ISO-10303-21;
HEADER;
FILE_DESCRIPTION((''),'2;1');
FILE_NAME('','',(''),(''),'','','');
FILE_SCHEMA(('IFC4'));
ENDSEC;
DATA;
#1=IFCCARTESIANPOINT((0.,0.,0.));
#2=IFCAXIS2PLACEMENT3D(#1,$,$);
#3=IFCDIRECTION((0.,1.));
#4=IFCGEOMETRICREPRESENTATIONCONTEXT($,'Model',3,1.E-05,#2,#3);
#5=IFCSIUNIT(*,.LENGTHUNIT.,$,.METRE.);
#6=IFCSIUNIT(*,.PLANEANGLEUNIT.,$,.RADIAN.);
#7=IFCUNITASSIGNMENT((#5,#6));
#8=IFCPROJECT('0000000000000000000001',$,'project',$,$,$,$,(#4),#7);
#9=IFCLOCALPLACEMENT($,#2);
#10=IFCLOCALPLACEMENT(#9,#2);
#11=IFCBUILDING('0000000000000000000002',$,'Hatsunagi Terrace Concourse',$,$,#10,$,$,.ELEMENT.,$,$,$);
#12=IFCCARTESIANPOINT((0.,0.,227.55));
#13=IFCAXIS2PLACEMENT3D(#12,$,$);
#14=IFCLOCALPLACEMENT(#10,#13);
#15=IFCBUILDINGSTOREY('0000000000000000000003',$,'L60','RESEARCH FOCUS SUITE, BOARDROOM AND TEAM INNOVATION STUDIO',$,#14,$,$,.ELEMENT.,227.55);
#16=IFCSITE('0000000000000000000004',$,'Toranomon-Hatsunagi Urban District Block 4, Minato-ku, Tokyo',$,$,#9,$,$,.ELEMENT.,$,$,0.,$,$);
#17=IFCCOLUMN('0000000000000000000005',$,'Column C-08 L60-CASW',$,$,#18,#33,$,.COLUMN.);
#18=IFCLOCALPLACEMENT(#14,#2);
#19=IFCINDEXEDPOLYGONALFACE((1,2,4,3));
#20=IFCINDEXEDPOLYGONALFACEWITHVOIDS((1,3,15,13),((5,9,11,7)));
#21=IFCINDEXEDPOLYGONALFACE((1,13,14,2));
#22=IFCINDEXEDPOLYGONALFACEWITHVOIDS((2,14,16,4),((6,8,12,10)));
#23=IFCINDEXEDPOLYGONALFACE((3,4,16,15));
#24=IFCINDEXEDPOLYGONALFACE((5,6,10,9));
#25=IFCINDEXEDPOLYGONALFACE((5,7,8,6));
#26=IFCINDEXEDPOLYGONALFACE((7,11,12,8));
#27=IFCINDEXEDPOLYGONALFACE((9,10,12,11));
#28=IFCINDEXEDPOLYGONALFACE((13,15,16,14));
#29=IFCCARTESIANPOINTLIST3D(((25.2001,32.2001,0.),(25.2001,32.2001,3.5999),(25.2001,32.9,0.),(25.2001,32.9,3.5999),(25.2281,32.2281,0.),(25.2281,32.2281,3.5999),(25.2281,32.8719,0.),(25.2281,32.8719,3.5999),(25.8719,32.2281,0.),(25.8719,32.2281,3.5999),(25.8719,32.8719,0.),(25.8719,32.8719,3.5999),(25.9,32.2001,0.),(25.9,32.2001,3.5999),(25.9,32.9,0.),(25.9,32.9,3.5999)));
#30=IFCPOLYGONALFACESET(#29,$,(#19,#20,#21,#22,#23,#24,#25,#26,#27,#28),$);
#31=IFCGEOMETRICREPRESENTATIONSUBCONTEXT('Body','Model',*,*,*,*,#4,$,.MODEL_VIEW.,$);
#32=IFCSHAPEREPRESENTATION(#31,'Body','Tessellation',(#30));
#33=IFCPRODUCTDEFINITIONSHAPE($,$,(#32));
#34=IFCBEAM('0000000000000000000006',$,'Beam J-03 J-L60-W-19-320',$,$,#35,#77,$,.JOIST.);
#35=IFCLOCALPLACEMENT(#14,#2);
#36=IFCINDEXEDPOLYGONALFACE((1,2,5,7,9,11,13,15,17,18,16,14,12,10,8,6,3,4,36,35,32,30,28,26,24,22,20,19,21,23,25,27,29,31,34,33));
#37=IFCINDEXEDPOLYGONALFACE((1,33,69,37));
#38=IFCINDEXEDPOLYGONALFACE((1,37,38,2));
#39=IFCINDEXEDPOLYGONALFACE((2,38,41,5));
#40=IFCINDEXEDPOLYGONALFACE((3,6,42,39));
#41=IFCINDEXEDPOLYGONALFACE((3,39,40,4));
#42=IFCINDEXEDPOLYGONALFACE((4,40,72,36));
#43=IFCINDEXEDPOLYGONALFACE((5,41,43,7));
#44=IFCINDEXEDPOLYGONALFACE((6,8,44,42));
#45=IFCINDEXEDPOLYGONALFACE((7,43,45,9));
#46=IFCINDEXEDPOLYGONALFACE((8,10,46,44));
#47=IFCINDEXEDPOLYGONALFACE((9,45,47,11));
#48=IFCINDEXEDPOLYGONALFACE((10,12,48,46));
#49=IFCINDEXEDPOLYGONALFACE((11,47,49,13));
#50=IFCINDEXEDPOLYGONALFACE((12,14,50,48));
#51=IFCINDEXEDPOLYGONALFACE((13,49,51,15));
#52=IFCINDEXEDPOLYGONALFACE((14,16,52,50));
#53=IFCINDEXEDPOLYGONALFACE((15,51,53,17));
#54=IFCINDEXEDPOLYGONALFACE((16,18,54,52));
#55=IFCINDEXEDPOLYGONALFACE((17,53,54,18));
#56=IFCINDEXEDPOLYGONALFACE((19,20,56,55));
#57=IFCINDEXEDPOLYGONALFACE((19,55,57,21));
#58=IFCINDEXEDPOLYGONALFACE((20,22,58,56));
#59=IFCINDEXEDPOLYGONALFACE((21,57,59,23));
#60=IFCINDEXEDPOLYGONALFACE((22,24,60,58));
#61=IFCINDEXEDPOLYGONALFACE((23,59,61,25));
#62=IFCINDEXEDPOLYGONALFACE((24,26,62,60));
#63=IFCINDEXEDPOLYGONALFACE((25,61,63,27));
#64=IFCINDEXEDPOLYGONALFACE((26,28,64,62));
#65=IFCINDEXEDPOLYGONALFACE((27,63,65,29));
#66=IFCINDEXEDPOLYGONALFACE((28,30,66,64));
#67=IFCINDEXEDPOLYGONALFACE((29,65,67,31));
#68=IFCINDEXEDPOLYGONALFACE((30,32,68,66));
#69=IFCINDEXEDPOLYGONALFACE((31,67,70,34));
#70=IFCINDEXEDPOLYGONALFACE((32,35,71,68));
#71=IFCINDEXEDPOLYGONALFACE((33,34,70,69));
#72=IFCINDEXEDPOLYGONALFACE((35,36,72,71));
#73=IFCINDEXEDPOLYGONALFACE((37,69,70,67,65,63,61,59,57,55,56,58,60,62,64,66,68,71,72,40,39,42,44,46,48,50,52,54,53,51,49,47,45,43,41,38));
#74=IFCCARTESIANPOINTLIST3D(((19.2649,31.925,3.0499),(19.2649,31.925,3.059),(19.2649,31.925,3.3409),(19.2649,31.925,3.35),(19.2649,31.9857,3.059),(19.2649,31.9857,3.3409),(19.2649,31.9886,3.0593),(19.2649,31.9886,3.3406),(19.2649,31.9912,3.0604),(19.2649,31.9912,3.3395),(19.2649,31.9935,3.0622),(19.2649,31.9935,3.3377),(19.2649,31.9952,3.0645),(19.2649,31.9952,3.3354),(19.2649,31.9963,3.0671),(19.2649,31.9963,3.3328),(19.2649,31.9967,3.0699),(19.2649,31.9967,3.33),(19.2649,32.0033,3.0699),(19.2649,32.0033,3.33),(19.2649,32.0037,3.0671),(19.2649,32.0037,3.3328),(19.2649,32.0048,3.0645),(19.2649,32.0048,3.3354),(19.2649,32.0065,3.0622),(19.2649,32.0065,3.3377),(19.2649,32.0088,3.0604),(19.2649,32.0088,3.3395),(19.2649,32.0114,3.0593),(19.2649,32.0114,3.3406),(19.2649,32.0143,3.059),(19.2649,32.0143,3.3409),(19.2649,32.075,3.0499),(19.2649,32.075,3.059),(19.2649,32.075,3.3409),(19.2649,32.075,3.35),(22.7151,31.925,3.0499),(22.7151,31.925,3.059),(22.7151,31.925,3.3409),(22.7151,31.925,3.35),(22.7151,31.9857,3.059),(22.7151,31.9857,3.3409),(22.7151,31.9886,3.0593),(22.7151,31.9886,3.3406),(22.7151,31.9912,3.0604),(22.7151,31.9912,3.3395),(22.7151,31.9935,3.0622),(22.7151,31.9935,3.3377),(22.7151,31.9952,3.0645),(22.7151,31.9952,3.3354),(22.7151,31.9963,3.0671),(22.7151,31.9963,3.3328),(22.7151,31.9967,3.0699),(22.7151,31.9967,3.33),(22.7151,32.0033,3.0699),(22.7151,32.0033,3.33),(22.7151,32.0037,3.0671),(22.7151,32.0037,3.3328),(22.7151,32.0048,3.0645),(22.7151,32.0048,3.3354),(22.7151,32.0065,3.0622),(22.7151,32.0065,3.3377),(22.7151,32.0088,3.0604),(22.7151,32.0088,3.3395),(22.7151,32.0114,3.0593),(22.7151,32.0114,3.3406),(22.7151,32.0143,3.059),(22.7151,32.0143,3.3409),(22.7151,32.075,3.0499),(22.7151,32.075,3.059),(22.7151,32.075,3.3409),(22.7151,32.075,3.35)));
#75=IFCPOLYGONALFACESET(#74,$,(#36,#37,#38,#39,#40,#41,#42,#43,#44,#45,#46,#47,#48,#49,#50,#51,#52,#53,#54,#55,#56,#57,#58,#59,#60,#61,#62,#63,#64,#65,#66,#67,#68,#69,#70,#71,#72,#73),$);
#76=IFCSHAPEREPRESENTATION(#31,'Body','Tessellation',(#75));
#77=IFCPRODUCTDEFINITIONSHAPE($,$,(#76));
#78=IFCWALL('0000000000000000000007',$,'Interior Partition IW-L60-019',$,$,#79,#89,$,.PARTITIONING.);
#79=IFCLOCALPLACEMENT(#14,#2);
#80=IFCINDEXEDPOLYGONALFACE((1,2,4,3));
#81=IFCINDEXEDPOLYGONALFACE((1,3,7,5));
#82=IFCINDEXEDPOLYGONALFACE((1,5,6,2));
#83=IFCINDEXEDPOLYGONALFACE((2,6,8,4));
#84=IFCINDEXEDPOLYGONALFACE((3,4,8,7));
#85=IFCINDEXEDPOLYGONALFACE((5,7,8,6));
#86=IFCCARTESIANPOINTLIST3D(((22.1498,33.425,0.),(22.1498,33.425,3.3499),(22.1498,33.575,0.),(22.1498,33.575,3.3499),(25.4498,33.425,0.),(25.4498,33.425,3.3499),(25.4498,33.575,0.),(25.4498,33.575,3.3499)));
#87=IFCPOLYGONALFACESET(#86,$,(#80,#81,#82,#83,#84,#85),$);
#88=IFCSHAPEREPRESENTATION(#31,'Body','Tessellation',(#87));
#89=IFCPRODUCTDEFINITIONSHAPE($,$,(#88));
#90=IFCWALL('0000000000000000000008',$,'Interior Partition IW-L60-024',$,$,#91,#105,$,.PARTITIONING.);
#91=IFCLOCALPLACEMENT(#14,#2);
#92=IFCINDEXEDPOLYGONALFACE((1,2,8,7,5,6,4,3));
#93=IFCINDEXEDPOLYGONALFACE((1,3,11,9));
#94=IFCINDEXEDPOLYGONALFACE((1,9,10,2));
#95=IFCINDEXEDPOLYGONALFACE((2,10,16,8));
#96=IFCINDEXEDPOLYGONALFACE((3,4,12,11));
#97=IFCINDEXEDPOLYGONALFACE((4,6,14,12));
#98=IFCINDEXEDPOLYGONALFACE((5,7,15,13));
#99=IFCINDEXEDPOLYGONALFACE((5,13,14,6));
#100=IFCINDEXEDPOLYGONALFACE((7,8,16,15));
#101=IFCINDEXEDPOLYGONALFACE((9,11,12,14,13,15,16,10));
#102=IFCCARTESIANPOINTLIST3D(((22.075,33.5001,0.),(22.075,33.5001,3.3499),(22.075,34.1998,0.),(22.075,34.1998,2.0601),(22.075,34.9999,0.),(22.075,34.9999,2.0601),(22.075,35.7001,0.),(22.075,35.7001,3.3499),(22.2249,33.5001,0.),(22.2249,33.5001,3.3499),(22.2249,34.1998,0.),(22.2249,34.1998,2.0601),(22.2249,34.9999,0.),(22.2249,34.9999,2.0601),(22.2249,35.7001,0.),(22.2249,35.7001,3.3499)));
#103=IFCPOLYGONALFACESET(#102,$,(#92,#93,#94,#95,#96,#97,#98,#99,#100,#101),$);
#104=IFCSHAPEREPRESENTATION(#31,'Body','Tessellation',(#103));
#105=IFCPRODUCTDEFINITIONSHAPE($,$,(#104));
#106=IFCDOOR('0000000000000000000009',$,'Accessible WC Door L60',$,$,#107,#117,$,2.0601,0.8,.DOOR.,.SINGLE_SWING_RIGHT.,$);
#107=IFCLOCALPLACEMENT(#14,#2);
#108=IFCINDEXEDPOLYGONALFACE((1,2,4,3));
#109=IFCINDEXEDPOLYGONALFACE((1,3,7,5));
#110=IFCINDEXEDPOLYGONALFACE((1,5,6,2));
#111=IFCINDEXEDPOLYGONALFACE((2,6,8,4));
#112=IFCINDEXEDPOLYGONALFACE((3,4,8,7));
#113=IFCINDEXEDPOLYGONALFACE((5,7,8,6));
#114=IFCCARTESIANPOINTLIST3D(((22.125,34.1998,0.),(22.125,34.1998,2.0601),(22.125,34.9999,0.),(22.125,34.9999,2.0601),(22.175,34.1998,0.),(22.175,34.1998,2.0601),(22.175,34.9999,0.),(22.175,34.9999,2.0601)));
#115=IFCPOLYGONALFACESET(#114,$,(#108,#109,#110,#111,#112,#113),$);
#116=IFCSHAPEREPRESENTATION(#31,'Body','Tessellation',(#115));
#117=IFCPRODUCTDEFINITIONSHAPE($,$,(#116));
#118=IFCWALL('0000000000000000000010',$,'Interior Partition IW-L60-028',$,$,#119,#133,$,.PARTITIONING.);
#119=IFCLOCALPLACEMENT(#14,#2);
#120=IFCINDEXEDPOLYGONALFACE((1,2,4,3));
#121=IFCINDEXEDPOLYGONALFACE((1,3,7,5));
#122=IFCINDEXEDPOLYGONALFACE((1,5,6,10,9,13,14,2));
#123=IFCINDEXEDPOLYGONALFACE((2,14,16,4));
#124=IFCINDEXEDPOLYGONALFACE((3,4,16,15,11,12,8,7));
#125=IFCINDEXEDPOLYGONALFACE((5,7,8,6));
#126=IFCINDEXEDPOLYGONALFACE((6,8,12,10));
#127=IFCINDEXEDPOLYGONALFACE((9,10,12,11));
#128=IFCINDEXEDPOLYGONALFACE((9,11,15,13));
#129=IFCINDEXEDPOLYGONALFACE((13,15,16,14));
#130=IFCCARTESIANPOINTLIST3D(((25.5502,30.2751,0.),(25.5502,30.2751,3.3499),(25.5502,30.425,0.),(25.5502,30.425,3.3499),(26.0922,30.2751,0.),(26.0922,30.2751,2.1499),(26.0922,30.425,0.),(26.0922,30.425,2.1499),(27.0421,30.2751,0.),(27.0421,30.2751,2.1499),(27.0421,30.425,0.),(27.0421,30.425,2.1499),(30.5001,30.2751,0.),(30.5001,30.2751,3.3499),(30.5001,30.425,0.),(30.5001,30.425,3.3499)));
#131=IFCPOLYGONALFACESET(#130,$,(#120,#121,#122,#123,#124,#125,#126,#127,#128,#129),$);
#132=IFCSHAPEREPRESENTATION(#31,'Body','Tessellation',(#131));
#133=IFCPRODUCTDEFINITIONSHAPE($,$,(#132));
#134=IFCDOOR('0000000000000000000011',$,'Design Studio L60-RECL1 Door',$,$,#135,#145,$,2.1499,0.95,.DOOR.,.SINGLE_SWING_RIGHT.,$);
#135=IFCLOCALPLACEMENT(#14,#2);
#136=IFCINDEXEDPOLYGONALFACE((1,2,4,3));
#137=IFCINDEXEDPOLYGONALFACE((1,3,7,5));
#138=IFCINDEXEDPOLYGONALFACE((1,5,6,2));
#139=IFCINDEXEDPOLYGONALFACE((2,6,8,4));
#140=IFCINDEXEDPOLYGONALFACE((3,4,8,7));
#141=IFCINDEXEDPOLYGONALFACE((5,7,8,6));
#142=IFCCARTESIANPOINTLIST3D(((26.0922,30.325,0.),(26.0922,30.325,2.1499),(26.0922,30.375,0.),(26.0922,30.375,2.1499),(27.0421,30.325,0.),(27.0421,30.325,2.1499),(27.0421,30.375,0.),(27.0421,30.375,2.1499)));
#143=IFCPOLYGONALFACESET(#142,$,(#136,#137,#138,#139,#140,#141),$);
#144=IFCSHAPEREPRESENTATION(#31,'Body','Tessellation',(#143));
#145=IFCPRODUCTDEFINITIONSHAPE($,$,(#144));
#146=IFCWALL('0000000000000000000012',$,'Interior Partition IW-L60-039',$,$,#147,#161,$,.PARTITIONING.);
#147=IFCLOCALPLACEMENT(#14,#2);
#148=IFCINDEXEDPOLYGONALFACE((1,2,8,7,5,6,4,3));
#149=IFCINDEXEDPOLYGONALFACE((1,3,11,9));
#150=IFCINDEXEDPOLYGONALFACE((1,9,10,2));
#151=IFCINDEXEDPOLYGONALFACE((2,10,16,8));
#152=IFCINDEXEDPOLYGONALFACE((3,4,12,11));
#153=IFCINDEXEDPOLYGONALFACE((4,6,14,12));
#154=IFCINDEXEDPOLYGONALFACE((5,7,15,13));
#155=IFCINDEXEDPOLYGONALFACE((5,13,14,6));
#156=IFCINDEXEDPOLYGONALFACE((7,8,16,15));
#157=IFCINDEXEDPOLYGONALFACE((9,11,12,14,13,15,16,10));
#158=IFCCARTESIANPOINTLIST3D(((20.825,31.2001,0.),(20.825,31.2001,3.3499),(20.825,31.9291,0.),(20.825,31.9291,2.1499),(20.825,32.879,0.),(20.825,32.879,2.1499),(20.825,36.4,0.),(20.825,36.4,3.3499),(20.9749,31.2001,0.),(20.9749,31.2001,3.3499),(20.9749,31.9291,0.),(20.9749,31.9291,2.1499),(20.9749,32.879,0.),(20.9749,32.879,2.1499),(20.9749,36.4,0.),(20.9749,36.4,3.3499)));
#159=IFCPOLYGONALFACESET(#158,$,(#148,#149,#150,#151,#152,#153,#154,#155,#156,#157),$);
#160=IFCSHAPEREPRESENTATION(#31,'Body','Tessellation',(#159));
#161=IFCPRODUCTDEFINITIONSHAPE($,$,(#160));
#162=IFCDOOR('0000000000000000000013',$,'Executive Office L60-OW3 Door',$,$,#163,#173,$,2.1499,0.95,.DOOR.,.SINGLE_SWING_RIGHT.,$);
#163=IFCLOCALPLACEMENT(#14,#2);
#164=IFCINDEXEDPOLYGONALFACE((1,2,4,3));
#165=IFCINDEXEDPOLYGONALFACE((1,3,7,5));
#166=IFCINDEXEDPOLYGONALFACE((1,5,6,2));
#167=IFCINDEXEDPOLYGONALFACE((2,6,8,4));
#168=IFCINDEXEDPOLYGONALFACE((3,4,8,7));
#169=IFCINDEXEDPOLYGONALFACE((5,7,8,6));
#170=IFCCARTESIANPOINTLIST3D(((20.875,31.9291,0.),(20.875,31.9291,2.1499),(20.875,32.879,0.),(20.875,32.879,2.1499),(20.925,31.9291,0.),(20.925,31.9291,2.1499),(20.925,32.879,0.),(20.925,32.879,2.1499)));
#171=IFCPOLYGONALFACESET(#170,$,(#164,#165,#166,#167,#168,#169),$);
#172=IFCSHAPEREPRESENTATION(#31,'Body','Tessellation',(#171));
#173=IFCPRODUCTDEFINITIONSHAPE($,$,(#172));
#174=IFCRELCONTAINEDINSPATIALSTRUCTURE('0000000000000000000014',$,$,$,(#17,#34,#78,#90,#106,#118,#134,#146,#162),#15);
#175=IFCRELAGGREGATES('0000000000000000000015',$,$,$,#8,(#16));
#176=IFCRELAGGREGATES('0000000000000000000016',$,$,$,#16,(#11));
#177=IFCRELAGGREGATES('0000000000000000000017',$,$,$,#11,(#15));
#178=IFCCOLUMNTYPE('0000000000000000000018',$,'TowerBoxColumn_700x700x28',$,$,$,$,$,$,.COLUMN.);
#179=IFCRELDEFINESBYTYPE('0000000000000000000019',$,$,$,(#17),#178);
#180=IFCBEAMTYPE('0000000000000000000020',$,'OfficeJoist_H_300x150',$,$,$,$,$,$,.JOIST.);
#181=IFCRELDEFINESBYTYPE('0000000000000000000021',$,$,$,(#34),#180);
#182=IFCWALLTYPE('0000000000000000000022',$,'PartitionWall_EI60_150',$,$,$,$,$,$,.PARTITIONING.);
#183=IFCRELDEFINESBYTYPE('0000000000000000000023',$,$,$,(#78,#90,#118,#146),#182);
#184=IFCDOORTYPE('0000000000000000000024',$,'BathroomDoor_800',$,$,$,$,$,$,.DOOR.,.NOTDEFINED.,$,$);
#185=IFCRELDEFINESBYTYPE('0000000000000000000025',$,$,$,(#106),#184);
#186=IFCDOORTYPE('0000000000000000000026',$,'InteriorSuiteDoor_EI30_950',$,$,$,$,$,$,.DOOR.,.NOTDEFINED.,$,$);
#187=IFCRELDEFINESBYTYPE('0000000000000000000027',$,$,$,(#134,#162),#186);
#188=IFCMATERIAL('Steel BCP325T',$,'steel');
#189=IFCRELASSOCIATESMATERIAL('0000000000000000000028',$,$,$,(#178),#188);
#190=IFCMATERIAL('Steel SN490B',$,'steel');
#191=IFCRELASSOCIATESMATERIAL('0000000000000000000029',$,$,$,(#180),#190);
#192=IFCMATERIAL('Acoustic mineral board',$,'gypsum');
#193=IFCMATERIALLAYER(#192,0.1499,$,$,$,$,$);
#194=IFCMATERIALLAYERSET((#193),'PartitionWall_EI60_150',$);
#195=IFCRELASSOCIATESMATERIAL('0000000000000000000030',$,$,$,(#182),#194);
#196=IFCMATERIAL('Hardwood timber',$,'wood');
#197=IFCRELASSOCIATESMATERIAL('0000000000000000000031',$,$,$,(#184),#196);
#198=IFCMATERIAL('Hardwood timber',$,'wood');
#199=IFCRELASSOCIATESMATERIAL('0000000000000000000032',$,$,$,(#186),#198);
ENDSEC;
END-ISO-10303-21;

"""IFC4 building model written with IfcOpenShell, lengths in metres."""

from ifc_helpers import new_model, si_unit, direction, frame, frame_2d, origin, origin_2d, place, context, subcontext, project, spatial, rectangle, hollow_rectangle, i_section, extrude, material, layer, layer_set, material_profile, profile_set, type_object, element, fill, save


model = new_model("IFC4")

# Units and contexts
model_context = context("Model", 3, precision=1e-05, world=origin(), true_north=direction((0.0, 1.0)))
body_context = subcontext(model_context, "Body", "Model", "MODEL_VIEW")
ifc_project = project(units=[si_unit("LENGTHUNIT", "METRE"), si_unit("PLANEANGLEUNIT", "RADIAN")], contexts=[model_context])

# Site, building, storey
site_placement = place(None, origin())
site = spatial("IfcSite", under=ifc_project, at=site_placement, Name="Toranomon-Hatsunagi Urban District Block 4, Minato-ku, Tokyo", CompositionType="ELEMENT", RefElevation=0.0)
building_placement = place(site_placement, origin())
building = spatial("IfcBuilding", under=site, at=building_placement, Name="Hatsunagi Terrace Concourse", CompositionType="ELEMENT")
storey_placement = place(building_placement, frame((0.0, 0.0, 227.55)))
storey = spatial("IfcBuildingStorey", under=building, at=storey_placement, Name="L60", Description="RESEARCH FOCUS SUITE, BOARDROOM AND TEAM INNOVATION STUDIO", CompositionType="ELEMENT", Elevation=227.55)

# Column
ifc_material_1 = material(Name="Steel BCP325T", Category="steel")
ifc_material_profile_1 = material_profile(ifc_material_1, hollow_rectangle(XDim=0.7, YDim=0.7, WallThickness=0.0281, at=origin_2d()), Name="BCP-700x700x28")
ifc_profile_set_1 = profile_set([ifc_material_profile_1], Name="Steel BCP325T")
column_type = type_object("IfcColumnType", Name="TowerBoxColumn_700x700x28", PredefinedType="COLUMN", material=ifc_profile_set_1)
column_placement = place(storey_placement, frame((25.55, 32.55, 0.0), z_axis=(0.0, 0.0, 1.0), x_axis=(1.0, 0.0, 0.0)))
element("IfcColumn", 1, at=column_placement, inside=storey, type_object=column_type, Name="Column C-08 L60-CASW", PredefinedType="COLUMN", context=body_context, shape_type="SweptSolid", body=[
    extrude(hollow_rectangle(XDim=0.7, YDim=0.7, WallThickness=0.0281, at=origin_2d()), origin(), (0.0, 0.0, 1.0), 3.5999),
])

# Beam
ifc_material_2 = material(Name="Steel SN490B", Category="steel")
ifc_material_profile_2 = material_profile(ifc_material_2, i_section(OverallWidth=0.1499, OverallDepth=0.3, WebThickness=0.0066, FlangeThickness=0.009, FilletRadius=0.011, at=origin_2d()), Name="H-300x150x6.5x9")
ifc_profile_set_2 = profile_set([ifc_material_profile_2], Name="Steel SN490B")
beam_type = type_object("IfcBeamType", Name="OfficeJoist_H_300x150", PredefinedType="JOIST", material=ifc_profile_set_2)
beam_placement = place(storey_placement, frame((19.2649, 32.0, 3.2), z_axis=(1.0, 0.0, 0.0), x_axis=(0.0, 1.0, 0.0)))
element("IfcBeam", 2, at=beam_placement, inside=storey, type_object=beam_type, Name="Beam J-03 J-L60-W-19-320", PredefinedType="JOIST", context=body_context, shape_type="SweptSolid", body=[
    extrude(i_section(OverallWidth=0.1499, OverallDepth=0.3, WebThickness=0.0066, FlangeThickness=0.009, FilletRadius=0.011, at=origin_2d()), origin(), (0.0, 0.0, 1.0), 3.4502),
])

# Wall
ifc_material_3 = material(Name="Acoustic mineral board", Category="gypsum")
ifc_layer = layer(ifc_material_3, 0.1499)
ifc_layer_set = layer_set([ifc_layer], Name="PartitionWall_EI60_150")
wall_type = type_object("IfcWallType", Name="PartitionWall_EI60_150", PredefinedType="PARTITIONING", material=ifc_layer_set)
wall_1_placement = place(storey_placement, frame((22.1499, 33.5, 0.0), z_axis=(0.0, 0.0, 1.0), x_axis=(1.0, 0.0, 0.0)))
element("IfcWall", 3, at=wall_1_placement, inside=storey, type_object=wall_type, Name="Interior Partition IW-L60-019", PredefinedType="PARTITIONING", context=body_context, shape_type="SweptSolid", body=[
    extrude(rectangle(XDim=3.3, YDim=0.1499, at=frame_2d((1.6499, 0.0))), origin(), (0.0, 0.0, 1.0), 3.3499),
])

# Walls, openings, doors
wall_2_placement = place(storey_placement, frame((22.1499, 33.5, 0.0), z_axis=(0.0, 0.0, 1.0), x_axis=(0.0, 1.0, 0.0)))
wall_2 = element("IfcWall", 4, at=wall_2_placement, inside=storey, type_object=wall_type, Name="Interior Partition IW-L60-024", PredefinedType="PARTITIONING", context=body_context, shape_type="SweptSolid", body=[
    extrude(rectangle(XDim=2.2, YDim=0.1499, at=frame_2d((1.1001, 0.0))), origin(), (0.0, 0.0, 1.0), 3.3499),
])
opening_1_placement = place(wall_2_placement, frame((0.7, 0.0, 0.0)))
opening_1 = element("IfcOpeningElement", 5, at=opening_1_placement, cuts=wall_2, PredefinedType="OPENING", context=body_context, shape_type="SweptSolid", body=[
    extrude(rectangle(XDim=0.8, YDim=2.0601, at=frame_2d((0.3999, 1.03))), frame((0.0, 0.085, 0.0), z_axis=(0.0, -1.0, 0.0), x_axis=(1.0, 0.0, 0.0)), (0.0, 0.0, 1.0), 0.1699),
])
ifc_material_4 = material(Name="Hardwood timber", Category="wood")
door_type_1 = type_object("IfcDoorType", Name="BathroomDoor_800", OperationType="NOTDEFINED", PredefinedType="DOOR", material=ifc_material_4)
door_1_placement = place(opening_1_placement, origin())
door_1 = element("IfcDoor", 6, at=door_1_placement, inside=storey, type_object=door_type_1, Name="Accessible WC Door L60", OperationType="SINGLE_SWING_RIGHT", OverallHeight=2.0601, OverallWidth=0.8, PredefinedType="DOOR", context=body_context, shape_type="SweptSolid", body=[
    extrude(rectangle(XDim=0.8, YDim=2.0601, at=frame_2d((0.3999, 1.03))), frame((0.0, 0.0249, 0.0), z_axis=(0.0, -1.0, 0.0), x_axis=(1.0, 0.0, 0.0)), (0.0, 0.0, 1.0), 0.05),
])
fill(opening_1, door_1)
wall_3_placement = place(storey_placement, frame((25.55, 30.3501, 0.0), z_axis=(0.0, 0.0, 1.0), x_axis=(1.0, 0.0, 0.0)))
wall_3 = element("IfcWall", 7, at=wall_3_placement, inside=storey, type_object=wall_type, Name="Interior Partition IW-L60-028", PredefinedType="PARTITIONING", context=body_context, shape_type="SweptSolid", body=[
    extrude(rectangle(XDim=4.95, YDim=0.1499, at=frame_2d((2.4751, 0.0))), origin(), (0.0, 0.0, 1.0), 3.3499),
])
opening_2_placement = place(wall_3_placement, frame((0.542, 0.0, 0.0)))
opening_2 = element("IfcOpeningElement", 8, at=opening_2_placement, cuts=wall_3, PredefinedType="OPENING", context=body_context, shape_type="SweptSolid", body=[
    extrude(rectangle(XDim=0.95, YDim=2.1499, at=frame_2d((0.4751, 1.075))), frame((0.0, 0.085, 0.0), z_axis=(0.0, -1.0, 0.0), x_axis=(1.0, 0.0, 0.0)), (0.0, 0.0, 1.0), 0.1699),
])
ifc_material_5 = material(Name="Hardwood timber", Category="wood")
door_type_2 = type_object("IfcDoorType", Name="InteriorSuiteDoor_EI30_950", OperationType="NOTDEFINED", PredefinedType="DOOR", material=ifc_material_5)
door_2_placement = place(opening_2_placement, origin())
door_2 = element("IfcDoor", 9, at=door_2_placement, inside=storey, type_object=door_type_2, Name="Design Studio L60-RECL1 Door", OperationType="SINGLE_SWING_RIGHT", OverallHeight=2.1499, OverallWidth=0.95, PredefinedType="DOOR", context=body_context, shape_type="SweptSolid", body=[
    extrude(rectangle(XDim=0.95, YDim=2.1499, at=frame_2d((0.4751, 1.075))), frame((0.0, 0.0249, 0.0), z_axis=(0.0, -1.0, 0.0), x_axis=(1.0, 0.0, 0.0)), (0.0, 0.0, 1.0), 0.05),
])
fill(opening_2, door_2)
wall_4_placement = place(storey_placement, frame((20.8999, 31.2, 0.0), z_axis=(0.0, 0.0, 1.0), x_axis=(0.0, 1.0, 0.0)))
wall_4 = element("IfcWall", 10, at=wall_4_placement, inside=storey, type_object=wall_type, Name="Interior Partition IW-L60-039", PredefinedType="PARTITIONING", context=body_context, shape_type="SweptSolid", body=[
    extrude(rectangle(XDim=5.2, YDim=0.1499, at=frame_2d((2.6001, 0.0))), origin(), (0.0, 0.0, 1.0), 3.3499),
])
opening_3_placement = place(wall_4_placement, frame((0.729, 0.0, 0.0)))
opening_3 = element("IfcOpeningElement", 11, at=opening_3_placement, cuts=wall_4, PredefinedType="OPENING", context=body_context, shape_type="SweptSolid", body=[
    extrude(rectangle(XDim=0.95, YDim=2.1499, at=frame_2d((0.4751, 1.075))), frame((0.0, 0.085, 0.0), z_axis=(0.0, -1.0, 0.0), x_axis=(1.0, 0.0, 0.0)), (0.0, 0.0, 1.0), 0.1699),
])
door_3_placement = place(opening_3_placement, origin())
door_3 = element("IfcDoor", 12, at=door_3_placement, inside=storey, type_object=door_type_2, Name="Executive Office L60-OW3 Door", OperationType="SINGLE_SWING_RIGHT", OverallHeight=2.1499, OverallWidth=0.95, PredefinedType="DOOR", context=body_context, shape_type="SweptSolid", body=[
    extrude(rectangle(XDim=0.95, YDim=2.1499, at=frame_2d((0.4751, 1.075))), frame((0.0, 0.0249, 0.0), z_axis=(0.0, -1.0, 0.0), x_axis=(1.0, 0.0, 0.0)), (0.0, 0.0, 1.0), 0.05),
])
fill(opening_3, door_3)

save(model, "model.ifc")
